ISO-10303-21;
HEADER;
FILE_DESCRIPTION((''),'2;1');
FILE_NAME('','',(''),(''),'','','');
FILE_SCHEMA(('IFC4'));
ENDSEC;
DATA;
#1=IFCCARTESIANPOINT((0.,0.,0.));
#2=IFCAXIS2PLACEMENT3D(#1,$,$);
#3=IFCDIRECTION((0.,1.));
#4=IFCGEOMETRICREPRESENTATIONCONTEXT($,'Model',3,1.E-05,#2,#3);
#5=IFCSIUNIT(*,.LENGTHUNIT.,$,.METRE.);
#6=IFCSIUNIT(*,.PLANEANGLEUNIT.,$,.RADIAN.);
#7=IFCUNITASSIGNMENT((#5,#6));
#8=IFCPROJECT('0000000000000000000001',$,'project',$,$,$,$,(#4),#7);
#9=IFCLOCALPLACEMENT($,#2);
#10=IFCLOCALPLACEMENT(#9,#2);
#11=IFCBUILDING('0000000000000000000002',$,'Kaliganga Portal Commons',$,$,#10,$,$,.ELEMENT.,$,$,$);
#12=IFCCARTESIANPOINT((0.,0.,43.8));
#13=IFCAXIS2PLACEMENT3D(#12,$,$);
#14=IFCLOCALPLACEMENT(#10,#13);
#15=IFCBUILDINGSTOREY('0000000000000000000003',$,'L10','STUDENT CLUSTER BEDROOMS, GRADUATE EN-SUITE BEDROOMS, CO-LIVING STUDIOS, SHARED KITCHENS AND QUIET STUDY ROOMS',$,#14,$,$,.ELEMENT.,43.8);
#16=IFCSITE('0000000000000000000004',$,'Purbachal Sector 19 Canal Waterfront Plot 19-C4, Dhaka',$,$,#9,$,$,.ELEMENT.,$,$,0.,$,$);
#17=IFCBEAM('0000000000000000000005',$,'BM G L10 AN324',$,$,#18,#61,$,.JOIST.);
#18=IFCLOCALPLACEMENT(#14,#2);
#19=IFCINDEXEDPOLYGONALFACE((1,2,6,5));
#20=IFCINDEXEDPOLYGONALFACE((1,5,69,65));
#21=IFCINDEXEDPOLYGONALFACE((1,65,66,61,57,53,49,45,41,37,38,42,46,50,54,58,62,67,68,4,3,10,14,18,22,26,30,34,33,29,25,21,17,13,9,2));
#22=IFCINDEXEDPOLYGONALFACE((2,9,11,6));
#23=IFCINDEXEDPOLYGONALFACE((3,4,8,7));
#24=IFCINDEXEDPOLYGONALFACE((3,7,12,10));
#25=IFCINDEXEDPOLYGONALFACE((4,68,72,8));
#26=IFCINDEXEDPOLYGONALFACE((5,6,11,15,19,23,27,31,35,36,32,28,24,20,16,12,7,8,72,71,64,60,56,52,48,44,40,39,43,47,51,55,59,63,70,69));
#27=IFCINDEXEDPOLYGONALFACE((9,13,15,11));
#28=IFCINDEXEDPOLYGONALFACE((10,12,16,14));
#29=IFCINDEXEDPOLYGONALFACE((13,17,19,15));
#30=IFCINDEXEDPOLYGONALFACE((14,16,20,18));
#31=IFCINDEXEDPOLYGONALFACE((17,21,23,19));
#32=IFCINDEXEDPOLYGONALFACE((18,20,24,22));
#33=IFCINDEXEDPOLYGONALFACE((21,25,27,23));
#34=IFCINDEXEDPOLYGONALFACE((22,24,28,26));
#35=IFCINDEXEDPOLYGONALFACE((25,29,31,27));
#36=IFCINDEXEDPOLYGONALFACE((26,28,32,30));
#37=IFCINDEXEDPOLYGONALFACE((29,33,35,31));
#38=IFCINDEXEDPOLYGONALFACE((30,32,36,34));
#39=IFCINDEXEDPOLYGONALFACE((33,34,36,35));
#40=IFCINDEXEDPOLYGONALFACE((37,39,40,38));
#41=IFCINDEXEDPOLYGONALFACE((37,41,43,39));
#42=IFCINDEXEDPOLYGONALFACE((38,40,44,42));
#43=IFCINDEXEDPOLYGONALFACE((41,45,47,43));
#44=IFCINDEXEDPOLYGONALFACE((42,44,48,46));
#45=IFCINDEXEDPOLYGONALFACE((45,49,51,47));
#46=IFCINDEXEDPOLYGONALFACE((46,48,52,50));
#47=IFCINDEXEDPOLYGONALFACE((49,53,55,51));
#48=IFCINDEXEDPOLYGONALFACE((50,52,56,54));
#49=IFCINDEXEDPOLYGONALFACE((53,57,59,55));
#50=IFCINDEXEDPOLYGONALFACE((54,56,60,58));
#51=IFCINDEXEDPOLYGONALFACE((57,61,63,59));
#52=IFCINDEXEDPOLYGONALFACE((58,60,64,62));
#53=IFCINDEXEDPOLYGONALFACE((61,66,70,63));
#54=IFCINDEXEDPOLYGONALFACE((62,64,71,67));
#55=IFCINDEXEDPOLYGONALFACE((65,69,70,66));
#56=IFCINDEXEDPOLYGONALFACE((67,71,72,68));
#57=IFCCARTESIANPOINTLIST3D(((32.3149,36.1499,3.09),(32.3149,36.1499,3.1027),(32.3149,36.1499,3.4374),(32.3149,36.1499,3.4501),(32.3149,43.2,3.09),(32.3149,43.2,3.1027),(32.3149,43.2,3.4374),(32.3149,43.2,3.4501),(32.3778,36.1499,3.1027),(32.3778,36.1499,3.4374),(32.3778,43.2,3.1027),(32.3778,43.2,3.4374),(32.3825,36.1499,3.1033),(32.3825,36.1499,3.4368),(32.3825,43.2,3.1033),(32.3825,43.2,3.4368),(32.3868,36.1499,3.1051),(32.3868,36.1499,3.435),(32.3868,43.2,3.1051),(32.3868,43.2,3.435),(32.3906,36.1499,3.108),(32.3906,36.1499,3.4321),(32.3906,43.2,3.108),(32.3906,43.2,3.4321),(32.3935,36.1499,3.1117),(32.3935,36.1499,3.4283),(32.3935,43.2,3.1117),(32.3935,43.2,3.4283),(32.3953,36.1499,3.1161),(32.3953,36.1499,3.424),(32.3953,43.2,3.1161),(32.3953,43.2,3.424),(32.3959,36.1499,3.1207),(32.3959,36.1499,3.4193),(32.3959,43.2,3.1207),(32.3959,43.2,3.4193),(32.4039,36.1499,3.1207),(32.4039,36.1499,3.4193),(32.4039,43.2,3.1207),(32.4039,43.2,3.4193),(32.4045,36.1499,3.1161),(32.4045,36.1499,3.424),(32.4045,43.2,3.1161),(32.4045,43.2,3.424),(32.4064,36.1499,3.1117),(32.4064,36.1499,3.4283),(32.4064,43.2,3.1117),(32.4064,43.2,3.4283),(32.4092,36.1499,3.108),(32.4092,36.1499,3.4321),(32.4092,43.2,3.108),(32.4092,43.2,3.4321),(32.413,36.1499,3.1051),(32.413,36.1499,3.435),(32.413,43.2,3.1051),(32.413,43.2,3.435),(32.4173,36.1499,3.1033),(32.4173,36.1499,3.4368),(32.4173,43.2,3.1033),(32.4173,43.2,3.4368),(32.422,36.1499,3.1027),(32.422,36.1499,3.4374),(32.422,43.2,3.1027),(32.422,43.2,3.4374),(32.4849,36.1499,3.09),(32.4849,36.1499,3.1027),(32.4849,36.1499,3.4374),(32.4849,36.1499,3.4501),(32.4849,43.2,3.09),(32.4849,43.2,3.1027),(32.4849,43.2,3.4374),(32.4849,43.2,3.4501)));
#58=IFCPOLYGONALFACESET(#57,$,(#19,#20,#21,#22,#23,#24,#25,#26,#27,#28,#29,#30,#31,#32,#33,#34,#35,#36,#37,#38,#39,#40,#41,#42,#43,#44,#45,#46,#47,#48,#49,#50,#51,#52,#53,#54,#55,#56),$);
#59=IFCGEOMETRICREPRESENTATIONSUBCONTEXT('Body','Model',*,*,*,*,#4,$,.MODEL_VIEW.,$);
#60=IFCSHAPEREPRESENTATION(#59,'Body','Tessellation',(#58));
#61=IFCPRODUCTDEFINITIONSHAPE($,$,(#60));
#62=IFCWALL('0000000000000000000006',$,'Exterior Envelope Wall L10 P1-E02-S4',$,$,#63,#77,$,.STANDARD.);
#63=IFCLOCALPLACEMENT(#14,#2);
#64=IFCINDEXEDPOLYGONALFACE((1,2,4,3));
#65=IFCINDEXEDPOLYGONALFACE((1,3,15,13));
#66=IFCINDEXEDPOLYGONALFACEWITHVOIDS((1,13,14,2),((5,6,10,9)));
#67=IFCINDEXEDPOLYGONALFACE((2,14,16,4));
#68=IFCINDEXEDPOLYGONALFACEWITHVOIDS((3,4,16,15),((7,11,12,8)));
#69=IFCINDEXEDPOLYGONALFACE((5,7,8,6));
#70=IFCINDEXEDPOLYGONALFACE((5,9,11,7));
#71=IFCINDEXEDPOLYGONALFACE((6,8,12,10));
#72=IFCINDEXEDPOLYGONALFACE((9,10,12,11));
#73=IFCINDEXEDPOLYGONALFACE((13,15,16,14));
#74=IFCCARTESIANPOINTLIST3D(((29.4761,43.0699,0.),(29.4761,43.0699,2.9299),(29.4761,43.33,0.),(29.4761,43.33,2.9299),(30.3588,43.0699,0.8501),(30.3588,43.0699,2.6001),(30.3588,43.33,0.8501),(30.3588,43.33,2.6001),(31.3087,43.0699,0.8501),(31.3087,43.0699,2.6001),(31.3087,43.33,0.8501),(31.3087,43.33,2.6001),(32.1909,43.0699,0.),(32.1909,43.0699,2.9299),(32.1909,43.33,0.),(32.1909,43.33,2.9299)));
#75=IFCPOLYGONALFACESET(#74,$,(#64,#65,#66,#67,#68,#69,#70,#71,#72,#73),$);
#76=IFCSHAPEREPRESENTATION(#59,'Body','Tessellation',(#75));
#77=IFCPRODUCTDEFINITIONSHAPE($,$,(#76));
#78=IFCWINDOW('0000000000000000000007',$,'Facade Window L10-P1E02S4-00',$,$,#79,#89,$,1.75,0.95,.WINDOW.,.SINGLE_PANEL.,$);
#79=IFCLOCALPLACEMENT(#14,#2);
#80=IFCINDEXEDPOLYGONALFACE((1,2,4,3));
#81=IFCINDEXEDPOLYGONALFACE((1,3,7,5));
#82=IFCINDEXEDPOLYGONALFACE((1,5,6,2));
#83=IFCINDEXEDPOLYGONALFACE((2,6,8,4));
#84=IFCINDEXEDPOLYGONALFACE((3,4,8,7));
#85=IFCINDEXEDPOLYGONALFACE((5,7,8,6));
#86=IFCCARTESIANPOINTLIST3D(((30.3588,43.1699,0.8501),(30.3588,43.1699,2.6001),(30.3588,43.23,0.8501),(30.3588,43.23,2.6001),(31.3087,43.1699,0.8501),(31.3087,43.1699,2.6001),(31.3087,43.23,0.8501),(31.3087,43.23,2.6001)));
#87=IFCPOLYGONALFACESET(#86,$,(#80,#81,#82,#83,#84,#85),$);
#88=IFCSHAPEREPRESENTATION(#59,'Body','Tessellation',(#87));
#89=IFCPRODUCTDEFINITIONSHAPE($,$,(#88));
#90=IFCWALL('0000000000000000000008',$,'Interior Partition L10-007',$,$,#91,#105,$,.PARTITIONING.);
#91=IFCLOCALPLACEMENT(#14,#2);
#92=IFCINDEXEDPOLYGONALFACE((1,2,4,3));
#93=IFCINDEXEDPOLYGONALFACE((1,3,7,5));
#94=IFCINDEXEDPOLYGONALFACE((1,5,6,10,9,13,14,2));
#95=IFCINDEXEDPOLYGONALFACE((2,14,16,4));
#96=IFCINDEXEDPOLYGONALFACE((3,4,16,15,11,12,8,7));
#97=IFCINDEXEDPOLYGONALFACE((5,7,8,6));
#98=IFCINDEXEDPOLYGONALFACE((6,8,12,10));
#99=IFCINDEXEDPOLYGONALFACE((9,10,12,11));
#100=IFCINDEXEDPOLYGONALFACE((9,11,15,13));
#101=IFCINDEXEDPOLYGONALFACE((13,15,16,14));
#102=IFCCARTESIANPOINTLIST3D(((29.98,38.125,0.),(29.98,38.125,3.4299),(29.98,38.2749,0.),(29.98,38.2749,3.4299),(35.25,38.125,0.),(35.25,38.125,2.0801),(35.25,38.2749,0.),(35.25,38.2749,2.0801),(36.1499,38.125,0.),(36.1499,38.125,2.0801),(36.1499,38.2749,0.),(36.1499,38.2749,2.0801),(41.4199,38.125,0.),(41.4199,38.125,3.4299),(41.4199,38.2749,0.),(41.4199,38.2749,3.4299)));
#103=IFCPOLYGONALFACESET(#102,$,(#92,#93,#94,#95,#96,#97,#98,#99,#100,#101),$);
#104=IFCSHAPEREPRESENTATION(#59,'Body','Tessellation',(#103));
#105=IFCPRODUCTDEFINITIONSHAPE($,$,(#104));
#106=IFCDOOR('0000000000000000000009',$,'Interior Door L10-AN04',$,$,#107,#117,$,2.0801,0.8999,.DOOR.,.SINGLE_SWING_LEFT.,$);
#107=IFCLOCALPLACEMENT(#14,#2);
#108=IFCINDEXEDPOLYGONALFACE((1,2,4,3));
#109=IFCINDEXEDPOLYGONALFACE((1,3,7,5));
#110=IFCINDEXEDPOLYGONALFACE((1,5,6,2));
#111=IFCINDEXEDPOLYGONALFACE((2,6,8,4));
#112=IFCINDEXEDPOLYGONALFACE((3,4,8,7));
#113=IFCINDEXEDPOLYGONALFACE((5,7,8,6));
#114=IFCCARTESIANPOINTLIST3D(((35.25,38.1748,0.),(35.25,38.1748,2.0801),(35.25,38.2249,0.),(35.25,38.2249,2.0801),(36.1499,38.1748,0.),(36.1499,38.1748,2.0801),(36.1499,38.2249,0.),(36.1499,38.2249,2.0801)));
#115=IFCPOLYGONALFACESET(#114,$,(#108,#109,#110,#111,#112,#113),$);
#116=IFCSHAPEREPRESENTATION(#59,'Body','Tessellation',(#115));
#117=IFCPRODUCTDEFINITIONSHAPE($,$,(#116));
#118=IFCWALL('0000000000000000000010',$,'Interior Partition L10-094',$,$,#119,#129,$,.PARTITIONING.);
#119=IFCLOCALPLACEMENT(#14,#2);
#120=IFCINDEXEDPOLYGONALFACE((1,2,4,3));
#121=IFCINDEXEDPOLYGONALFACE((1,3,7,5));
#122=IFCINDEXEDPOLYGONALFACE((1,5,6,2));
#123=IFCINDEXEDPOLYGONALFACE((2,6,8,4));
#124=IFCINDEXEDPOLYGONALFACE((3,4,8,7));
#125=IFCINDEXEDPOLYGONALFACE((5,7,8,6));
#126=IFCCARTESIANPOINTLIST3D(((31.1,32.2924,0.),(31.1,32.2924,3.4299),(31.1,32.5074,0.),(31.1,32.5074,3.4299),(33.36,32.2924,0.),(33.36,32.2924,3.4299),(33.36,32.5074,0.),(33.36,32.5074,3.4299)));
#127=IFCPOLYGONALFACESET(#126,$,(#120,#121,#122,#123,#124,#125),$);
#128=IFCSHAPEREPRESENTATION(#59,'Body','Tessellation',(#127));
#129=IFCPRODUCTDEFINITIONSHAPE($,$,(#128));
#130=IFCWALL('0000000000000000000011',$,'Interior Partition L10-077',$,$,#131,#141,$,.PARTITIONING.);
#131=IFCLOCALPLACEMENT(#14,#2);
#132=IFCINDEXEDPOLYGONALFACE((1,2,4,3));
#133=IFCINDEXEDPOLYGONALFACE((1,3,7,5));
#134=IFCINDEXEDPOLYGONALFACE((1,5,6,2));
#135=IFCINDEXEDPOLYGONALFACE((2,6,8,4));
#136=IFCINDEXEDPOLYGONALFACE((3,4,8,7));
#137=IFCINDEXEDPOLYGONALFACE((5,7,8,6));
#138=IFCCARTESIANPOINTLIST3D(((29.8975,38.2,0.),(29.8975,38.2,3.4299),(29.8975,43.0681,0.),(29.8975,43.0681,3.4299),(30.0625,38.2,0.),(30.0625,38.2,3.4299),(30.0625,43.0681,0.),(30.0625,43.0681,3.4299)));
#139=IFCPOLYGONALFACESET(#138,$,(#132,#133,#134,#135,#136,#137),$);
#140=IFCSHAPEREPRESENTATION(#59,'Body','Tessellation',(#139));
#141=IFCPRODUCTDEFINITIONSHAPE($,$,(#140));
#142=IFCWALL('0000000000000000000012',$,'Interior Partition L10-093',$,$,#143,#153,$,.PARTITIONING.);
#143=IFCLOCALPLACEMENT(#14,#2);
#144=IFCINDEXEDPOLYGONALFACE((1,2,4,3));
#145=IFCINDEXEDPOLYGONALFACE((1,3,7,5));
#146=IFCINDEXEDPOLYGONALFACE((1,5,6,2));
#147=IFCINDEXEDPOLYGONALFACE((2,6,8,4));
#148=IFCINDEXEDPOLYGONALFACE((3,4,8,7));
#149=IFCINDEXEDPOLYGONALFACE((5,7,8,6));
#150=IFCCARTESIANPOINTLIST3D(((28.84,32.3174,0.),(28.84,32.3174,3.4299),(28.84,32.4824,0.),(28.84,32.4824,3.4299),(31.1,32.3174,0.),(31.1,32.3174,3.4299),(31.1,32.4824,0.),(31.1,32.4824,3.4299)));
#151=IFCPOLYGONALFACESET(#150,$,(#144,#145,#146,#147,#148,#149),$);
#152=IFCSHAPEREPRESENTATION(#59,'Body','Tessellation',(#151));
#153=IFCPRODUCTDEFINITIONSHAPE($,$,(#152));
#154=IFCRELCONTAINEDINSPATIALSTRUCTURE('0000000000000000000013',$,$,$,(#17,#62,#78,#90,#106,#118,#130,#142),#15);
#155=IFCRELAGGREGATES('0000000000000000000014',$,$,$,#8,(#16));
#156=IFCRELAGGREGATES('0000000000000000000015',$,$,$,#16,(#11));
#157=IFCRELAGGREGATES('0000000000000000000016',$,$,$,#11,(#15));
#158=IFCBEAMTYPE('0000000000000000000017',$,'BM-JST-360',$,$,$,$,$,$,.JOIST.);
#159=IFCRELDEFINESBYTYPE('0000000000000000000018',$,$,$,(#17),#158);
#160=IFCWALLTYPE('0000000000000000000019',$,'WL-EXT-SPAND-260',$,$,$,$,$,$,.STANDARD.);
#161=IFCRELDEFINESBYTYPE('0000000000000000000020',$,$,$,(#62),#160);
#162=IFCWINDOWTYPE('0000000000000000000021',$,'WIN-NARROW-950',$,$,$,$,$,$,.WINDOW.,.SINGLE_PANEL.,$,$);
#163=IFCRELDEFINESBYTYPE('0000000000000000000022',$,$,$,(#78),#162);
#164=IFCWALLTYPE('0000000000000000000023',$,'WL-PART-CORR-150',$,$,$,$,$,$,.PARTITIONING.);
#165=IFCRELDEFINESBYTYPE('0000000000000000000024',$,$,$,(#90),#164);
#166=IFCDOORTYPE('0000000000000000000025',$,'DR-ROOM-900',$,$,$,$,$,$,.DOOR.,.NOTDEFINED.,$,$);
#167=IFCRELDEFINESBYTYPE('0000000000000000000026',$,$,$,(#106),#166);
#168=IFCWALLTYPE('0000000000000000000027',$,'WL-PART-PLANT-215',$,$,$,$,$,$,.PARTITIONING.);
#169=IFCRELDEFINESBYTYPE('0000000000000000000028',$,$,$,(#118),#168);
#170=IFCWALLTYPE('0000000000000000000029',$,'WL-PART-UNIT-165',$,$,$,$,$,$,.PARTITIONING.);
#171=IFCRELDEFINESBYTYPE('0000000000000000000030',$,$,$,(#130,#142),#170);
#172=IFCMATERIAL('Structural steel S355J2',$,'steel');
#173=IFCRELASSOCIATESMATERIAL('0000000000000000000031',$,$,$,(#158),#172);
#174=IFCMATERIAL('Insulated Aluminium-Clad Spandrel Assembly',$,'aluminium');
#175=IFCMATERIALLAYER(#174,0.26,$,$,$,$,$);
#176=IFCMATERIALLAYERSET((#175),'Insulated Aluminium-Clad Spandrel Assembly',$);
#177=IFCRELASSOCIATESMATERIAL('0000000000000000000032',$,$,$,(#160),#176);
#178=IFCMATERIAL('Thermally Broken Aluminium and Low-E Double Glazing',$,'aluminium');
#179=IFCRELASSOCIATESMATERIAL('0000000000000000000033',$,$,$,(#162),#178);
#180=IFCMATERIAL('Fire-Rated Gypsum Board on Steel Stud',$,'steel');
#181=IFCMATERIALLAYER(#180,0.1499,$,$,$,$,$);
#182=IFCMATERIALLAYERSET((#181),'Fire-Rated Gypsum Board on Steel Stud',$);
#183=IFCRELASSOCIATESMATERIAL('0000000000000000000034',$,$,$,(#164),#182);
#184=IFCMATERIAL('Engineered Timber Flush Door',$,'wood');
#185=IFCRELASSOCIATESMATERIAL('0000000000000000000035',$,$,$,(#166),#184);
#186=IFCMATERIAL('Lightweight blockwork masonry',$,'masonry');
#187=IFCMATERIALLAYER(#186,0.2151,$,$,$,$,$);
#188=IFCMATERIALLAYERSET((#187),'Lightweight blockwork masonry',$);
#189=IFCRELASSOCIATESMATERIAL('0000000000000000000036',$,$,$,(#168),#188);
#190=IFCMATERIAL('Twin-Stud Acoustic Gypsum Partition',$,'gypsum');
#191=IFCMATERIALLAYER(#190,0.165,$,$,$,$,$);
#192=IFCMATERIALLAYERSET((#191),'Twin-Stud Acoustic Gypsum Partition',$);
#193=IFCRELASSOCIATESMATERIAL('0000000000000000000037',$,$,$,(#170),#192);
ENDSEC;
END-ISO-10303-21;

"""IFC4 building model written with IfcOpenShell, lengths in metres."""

from ifc_helpers import new_model, si_unit, direction, frame, frame_2d, origin, origin_2d, place, context, subcontext, project, spatial, rectangle, i_section, extrude, source, transform, mapped, material, layer, layer_set, material_profile, profile_set, type_object, element, fill, save


model = new_model("IFC4")

# Units and contexts
model_context = context("Model", 3, precision=1e-05, world=origin(), true_north=direction((0.0, 1.0)))
body_context = subcontext(model_context, "Body", "Model", "MODEL_VIEW")
ifc_project = project(units=[si_unit("LENGTHUNIT", "METRE"), si_unit("PLANEANGLEUNIT", "RADIAN")], contexts=[model_context])

# Site, building, storey
site_placement = place(None, origin())
site = spatial("IfcSite", under=ifc_project, at=site_placement, Name="Purbachal Sector 19 Canal Waterfront Plot 19-C4, Dhaka", CompositionType="ELEMENT", RefElevation=0.0)
building_placement = place(site_placement, origin())
building = spatial("IfcBuilding", under=site, at=building_placement, Name="Kaliganga Portal Commons", CompositionType="ELEMENT")
storey_placement = place(building_placement, frame((0.0, 0.0, 43.8)))
storey = spatial("IfcBuildingStorey", under=building, at=storey_placement, Name="L10", Description="STUDENT CLUSTER BEDROOMS, GRADUATE EN-SUITE BEDROOMS, CO-LIVING STUDIOS, SHARED KITCHENS AND QUIET STUDY ROOMS", CompositionType="ELEMENT", Elevation=43.8)

# Beam
ifc_material_1 = material(Name="Structural steel S355J2", Category="steel")
ifc_material_profile_1 = material_profile(ifc_material_1, i_section(OverallWidth=0.1699, OverallDepth=0.3601, WebThickness=0.0081, FlangeThickness=0.0127, FilletRadius=0.0181, at=origin_2d()), Name="IPE 360")
ifc_profile_set_1 = profile_set([ifc_material_profile_1], Name="Structural steel S355J2 wide-flange")
beam_type_1 = type_object("IfcBeamType", Name="BM-JST-360", PredefinedType="JOIST", material=ifc_profile_set_1)
shared_shape_1 = source(origin(), body_context, "Body", "SweptSolid", [
    extrude(i_section(OverallWidth=0.1699, OverallDepth=0.3601, WebThickness=0.0081, FlangeThickness=0.0127, FilletRadius=0.0181, at=origin_2d()), origin(), (0.0, 0.0, 1.0), 7.05),
])
beam_1_placement = place(storey_placement, frame((32.3999, 36.1499, 3.27), z_axis=(0.0, 1.0, 0.0), x_axis=(-1.0, 0.0, 0.0)))
element("IfcBeam", 1, at=beam_1_placement, inside=storey, type_object=beam_type_1, Name="BM G L10 AN324", PredefinedType="JOIST", context=body_context, shape_type="MappedRepresentation", body=[
    mapped(shared_shape_1, transform((0.0, 0.0, 0.0), x_axis=(1.0, 0.0, 0.0), y_axis=(0.0, 1.0, 0.0), z_axis=(0.0, 0.0, 1.0), scale=1.0)),
])

# Wall, opening, window
ifc_material_2 = material(Name="Insulated Aluminium-Clad Spandrel Assembly", Category="aluminium")
ifc_layer_1 = layer(ifc_material_2, 0.26)
ifc_layer_set_1 = layer_set([ifc_layer_1], Name="Insulated Aluminium-Clad Spandrel Assembly")
wall_type_1 = type_object("IfcWallType", Name="WL-EXT-SPAND-260", PredefinedType="STANDARD", material=ifc_layer_set_1)
wall_1_placement = place(storey_placement, frame((29.4761, 43.2, 0.0), z_axis=(0.0, 0.0, 1.0), x_axis=(1.0, 0.0, 0.0)))
wall_1 = element("IfcWall", 2, at=wall_1_placement, inside=storey, type_object=wall_type_1, Name="Exterior Envelope Wall L10 P1-E02-S4", PredefinedType="STANDARD", context=body_context, shape_type="SweptSolid", body=[
    extrude(rectangle(XDim=2.7148, YDim=0.26, at=frame_2d((1.3574, 0.0))), origin(), (0.0, 0.0, 1.0), 2.9299),
])
opening_1_placement = place(wall_1_placement, frame((0.8826, 0.0, 0.8501)))
opening_1 = element("IfcOpeningElement", 3, at=opening_1_placement, cuts=wall_1, PredefinedType="OPENING", context=body_context, shape_type="SweptSolid", body=[
    extrude(rectangle(XDim=0.95, YDim=1.75, at=frame_2d((0.4751, 0.875))), frame((0.0, 0.1401, 0.0), z_axis=(0.0, -1.0, 0.0), x_axis=(1.0, 0.0, 0.0)), (0.0, 0.0, 1.0), 0.28),
])
ifc_material_3 = material(Name="Thermally Broken Aluminium and Low-E Double Glazing", Category="aluminium")
window_type = type_object("IfcWindowType", Name="WIN-NARROW-950", PartitioningType="SINGLE_PANEL", PredefinedType="WINDOW", material=ifc_material_3)
window_placement = place(opening_1_placement, origin())
window = element("IfcWindow", 4, at=window_placement, inside=storey, type_object=window_type, Name="Facade Window L10-P1E02S4-00", OverallHeight=1.75, OverallWidth=0.95, PartitioningType="SINGLE_PANEL", PredefinedType="WINDOW", context=body_context, shape_type="SweptSolid", body=[
    extrude(rectangle(XDim=0.95, YDim=1.75, at=frame_2d((0.4751, 0.875))), frame((0.0, 0.03, 0.0), z_axis=(0.0, -1.0, 0.0), x_axis=(1.0, 0.0, 0.0)), (0.0, 0.0, 1.0), 0.0601),
])
fill(opening_1, window)

# Wall, opening, door
ifc_material_4 = material(Name="Fire-Rated Gypsum Board on Steel Stud", Category="steel")
ifc_layer_2 = layer(ifc_material_4, 0.1499)
ifc_layer_set_2 = layer_set([ifc_layer_2], Name="Fire-Rated Gypsum Board on Steel Stud")
wall_type_2 = type_object("IfcWallType", Name="WL-PART-CORR-150", PredefinedType="PARTITIONING", material=ifc_layer_set_2)
wall_2_placement = place(storey_placement, frame((29.98, 38.2, 0.0), z_axis=(0.0, 0.0, 1.0), x_axis=(1.0, 0.0, 0.0)))
wall_2 = element("IfcWall", 5, at=wall_2_placement, inside=storey, type_object=wall_type_2, Name="Interior Partition L10-007", PredefinedType="PARTITIONING", context=body_context, shape_type="SweptSolid", body=[
    extrude(rectangle(XDim=11.4399, YDim=0.1499, at=frame_2d((5.72, 0.0))), origin(), (0.0, 0.0, 1.0), 3.4299),
])
opening_2_placement = place(wall_2_placement, frame((5.27, 0.0, 0.0)))
opening_2 = element("IfcOpeningElement", 6, at=opening_2_placement, cuts=wall_2, PredefinedType="OPENING", context=body_context, shape_type="SweptSolid", body=[
    extrude(rectangle(XDim=0.8999, YDim=2.0801, at=frame_2d((0.45, 1.04))), frame((0.0, 0.085, 0.0), z_axis=(0.0, -1.0, 0.0), x_axis=(1.0, 0.0, 0.0)), (0.0, 0.0, 1.0), 0.1699),
])
ifc_material_5 = material(Name="Engineered Timber Flush Door", Category="wood")
door_type_1 = type_object("IfcDoorType", Name="DR-ROOM-900", OperationType="NOTDEFINED", PredefinedType="DOOR", material=ifc_material_5)
door_1_placement = place(opening_2_placement, origin())
door_1 = element("IfcDoor", 7, at=door_1_placement, inside=storey, type_object=door_type_1, Name="Interior Door L10-AN04", OperationType="SINGLE_SWING_LEFT", OverallHeight=2.0801, OverallWidth=0.8999, PredefinedType="DOOR", context=body_context, shape_type="SweptSolid", body=[
    extrude(rectangle(XDim=0.8999, YDim=2.0801, at=frame_2d((0.45, 1.04))), frame((0.0, 0.0249, 0.0), z_axis=(0.0, -1.0, 0.0), x_axis=(1.0, 0.0, 0.0)), (0.0, 0.0, 1.0), 0.05),
])
fill(opening_2, door_1)

# Walls
ifc_material_6 = material(Name="Lightweight blockwork masonry", Category="masonry")
ifc_layer_3 = layer(ifc_material_6, 0.2151)
ifc_layer_set_3 = layer_set([ifc_layer_3], Name="Lightweight blockwork masonry")
wall_type_3 = type_object("IfcWallType", Name="WL-PART-PLANT-215", PredefinedType="PARTITIONING", material=ifc_layer_set_3)
wall_3_placement = place(storey_placement, frame((31.1001, 32.3999, 0.0), z_axis=(0.0, 0.0, 1.0), x_axis=(1.0, 0.0, 0.0)))
element("IfcWall", 8, at=wall_3_placement, inside=storey, type_object=wall_type_3, Name="Interior Partition L10-094", PredefinedType="PARTITIONING", context=body_context, shape_type="SweptSolid", body=[
    extrude(rectangle(XDim=2.26, YDim=0.2151, at=frame_2d((1.1299, 0.0))), origin(), (0.0, 0.0, 1.0), 3.4299),
])
ifc_material_7 = material(Name="Twin-Stud Acoustic Gypsum Partition", Category="gypsum")
ifc_layer_4 = layer(ifc_material_7, 0.165)
ifc_layer_set_4 = layer_set([ifc_layer_4], Name="Twin-Stud Acoustic Gypsum Partition")
wall_type_4 = type_object("IfcWallType", Name="WL-PART-UNIT-165", PredefinedType="PARTITIONING", material=ifc_layer_set_4)
wall_4_placement = place(storey_placement, frame((29.98, 38.2, 0.0), z_axis=(0.0, 0.0, 1.0), x_axis=(0.0, 1.0, 0.0)))
element("IfcWall", 9, at=wall_4_placement, inside=storey, type_object=wall_type_4, Name="Interior Partition L10-077", PredefinedType="PARTITIONING", context=body_context, shape_type="SweptSolid", body=[
    extrude(rectangle(XDim=4.8682, YDim=0.165, at=frame_2d((2.4341, 0.0))), origin(), (0.0, 0.0, 1.0), 3.4299),
])
wall_5_placement = place(storey_placement, frame((28.8401, 32.3999, 0.0), z_axis=(0.0, 0.0, 1.0), x_axis=(1.0, 0.0, 0.0)))
element("IfcWall", 10, at=wall_5_placement, inside=storey, type_object=wall_type_4, Name="Interior Partition L10-093", PredefinedType="PARTITIONING", context=body_context, shape_type="SweptSolid", body=[
    extrude(rectangle(XDim=2.26, YDim=0.165, at=frame_2d((1.1299, 0.0))), origin(), (0.0, 0.0, 1.0), 3.4299),
])

save(model, "model.ifc")
